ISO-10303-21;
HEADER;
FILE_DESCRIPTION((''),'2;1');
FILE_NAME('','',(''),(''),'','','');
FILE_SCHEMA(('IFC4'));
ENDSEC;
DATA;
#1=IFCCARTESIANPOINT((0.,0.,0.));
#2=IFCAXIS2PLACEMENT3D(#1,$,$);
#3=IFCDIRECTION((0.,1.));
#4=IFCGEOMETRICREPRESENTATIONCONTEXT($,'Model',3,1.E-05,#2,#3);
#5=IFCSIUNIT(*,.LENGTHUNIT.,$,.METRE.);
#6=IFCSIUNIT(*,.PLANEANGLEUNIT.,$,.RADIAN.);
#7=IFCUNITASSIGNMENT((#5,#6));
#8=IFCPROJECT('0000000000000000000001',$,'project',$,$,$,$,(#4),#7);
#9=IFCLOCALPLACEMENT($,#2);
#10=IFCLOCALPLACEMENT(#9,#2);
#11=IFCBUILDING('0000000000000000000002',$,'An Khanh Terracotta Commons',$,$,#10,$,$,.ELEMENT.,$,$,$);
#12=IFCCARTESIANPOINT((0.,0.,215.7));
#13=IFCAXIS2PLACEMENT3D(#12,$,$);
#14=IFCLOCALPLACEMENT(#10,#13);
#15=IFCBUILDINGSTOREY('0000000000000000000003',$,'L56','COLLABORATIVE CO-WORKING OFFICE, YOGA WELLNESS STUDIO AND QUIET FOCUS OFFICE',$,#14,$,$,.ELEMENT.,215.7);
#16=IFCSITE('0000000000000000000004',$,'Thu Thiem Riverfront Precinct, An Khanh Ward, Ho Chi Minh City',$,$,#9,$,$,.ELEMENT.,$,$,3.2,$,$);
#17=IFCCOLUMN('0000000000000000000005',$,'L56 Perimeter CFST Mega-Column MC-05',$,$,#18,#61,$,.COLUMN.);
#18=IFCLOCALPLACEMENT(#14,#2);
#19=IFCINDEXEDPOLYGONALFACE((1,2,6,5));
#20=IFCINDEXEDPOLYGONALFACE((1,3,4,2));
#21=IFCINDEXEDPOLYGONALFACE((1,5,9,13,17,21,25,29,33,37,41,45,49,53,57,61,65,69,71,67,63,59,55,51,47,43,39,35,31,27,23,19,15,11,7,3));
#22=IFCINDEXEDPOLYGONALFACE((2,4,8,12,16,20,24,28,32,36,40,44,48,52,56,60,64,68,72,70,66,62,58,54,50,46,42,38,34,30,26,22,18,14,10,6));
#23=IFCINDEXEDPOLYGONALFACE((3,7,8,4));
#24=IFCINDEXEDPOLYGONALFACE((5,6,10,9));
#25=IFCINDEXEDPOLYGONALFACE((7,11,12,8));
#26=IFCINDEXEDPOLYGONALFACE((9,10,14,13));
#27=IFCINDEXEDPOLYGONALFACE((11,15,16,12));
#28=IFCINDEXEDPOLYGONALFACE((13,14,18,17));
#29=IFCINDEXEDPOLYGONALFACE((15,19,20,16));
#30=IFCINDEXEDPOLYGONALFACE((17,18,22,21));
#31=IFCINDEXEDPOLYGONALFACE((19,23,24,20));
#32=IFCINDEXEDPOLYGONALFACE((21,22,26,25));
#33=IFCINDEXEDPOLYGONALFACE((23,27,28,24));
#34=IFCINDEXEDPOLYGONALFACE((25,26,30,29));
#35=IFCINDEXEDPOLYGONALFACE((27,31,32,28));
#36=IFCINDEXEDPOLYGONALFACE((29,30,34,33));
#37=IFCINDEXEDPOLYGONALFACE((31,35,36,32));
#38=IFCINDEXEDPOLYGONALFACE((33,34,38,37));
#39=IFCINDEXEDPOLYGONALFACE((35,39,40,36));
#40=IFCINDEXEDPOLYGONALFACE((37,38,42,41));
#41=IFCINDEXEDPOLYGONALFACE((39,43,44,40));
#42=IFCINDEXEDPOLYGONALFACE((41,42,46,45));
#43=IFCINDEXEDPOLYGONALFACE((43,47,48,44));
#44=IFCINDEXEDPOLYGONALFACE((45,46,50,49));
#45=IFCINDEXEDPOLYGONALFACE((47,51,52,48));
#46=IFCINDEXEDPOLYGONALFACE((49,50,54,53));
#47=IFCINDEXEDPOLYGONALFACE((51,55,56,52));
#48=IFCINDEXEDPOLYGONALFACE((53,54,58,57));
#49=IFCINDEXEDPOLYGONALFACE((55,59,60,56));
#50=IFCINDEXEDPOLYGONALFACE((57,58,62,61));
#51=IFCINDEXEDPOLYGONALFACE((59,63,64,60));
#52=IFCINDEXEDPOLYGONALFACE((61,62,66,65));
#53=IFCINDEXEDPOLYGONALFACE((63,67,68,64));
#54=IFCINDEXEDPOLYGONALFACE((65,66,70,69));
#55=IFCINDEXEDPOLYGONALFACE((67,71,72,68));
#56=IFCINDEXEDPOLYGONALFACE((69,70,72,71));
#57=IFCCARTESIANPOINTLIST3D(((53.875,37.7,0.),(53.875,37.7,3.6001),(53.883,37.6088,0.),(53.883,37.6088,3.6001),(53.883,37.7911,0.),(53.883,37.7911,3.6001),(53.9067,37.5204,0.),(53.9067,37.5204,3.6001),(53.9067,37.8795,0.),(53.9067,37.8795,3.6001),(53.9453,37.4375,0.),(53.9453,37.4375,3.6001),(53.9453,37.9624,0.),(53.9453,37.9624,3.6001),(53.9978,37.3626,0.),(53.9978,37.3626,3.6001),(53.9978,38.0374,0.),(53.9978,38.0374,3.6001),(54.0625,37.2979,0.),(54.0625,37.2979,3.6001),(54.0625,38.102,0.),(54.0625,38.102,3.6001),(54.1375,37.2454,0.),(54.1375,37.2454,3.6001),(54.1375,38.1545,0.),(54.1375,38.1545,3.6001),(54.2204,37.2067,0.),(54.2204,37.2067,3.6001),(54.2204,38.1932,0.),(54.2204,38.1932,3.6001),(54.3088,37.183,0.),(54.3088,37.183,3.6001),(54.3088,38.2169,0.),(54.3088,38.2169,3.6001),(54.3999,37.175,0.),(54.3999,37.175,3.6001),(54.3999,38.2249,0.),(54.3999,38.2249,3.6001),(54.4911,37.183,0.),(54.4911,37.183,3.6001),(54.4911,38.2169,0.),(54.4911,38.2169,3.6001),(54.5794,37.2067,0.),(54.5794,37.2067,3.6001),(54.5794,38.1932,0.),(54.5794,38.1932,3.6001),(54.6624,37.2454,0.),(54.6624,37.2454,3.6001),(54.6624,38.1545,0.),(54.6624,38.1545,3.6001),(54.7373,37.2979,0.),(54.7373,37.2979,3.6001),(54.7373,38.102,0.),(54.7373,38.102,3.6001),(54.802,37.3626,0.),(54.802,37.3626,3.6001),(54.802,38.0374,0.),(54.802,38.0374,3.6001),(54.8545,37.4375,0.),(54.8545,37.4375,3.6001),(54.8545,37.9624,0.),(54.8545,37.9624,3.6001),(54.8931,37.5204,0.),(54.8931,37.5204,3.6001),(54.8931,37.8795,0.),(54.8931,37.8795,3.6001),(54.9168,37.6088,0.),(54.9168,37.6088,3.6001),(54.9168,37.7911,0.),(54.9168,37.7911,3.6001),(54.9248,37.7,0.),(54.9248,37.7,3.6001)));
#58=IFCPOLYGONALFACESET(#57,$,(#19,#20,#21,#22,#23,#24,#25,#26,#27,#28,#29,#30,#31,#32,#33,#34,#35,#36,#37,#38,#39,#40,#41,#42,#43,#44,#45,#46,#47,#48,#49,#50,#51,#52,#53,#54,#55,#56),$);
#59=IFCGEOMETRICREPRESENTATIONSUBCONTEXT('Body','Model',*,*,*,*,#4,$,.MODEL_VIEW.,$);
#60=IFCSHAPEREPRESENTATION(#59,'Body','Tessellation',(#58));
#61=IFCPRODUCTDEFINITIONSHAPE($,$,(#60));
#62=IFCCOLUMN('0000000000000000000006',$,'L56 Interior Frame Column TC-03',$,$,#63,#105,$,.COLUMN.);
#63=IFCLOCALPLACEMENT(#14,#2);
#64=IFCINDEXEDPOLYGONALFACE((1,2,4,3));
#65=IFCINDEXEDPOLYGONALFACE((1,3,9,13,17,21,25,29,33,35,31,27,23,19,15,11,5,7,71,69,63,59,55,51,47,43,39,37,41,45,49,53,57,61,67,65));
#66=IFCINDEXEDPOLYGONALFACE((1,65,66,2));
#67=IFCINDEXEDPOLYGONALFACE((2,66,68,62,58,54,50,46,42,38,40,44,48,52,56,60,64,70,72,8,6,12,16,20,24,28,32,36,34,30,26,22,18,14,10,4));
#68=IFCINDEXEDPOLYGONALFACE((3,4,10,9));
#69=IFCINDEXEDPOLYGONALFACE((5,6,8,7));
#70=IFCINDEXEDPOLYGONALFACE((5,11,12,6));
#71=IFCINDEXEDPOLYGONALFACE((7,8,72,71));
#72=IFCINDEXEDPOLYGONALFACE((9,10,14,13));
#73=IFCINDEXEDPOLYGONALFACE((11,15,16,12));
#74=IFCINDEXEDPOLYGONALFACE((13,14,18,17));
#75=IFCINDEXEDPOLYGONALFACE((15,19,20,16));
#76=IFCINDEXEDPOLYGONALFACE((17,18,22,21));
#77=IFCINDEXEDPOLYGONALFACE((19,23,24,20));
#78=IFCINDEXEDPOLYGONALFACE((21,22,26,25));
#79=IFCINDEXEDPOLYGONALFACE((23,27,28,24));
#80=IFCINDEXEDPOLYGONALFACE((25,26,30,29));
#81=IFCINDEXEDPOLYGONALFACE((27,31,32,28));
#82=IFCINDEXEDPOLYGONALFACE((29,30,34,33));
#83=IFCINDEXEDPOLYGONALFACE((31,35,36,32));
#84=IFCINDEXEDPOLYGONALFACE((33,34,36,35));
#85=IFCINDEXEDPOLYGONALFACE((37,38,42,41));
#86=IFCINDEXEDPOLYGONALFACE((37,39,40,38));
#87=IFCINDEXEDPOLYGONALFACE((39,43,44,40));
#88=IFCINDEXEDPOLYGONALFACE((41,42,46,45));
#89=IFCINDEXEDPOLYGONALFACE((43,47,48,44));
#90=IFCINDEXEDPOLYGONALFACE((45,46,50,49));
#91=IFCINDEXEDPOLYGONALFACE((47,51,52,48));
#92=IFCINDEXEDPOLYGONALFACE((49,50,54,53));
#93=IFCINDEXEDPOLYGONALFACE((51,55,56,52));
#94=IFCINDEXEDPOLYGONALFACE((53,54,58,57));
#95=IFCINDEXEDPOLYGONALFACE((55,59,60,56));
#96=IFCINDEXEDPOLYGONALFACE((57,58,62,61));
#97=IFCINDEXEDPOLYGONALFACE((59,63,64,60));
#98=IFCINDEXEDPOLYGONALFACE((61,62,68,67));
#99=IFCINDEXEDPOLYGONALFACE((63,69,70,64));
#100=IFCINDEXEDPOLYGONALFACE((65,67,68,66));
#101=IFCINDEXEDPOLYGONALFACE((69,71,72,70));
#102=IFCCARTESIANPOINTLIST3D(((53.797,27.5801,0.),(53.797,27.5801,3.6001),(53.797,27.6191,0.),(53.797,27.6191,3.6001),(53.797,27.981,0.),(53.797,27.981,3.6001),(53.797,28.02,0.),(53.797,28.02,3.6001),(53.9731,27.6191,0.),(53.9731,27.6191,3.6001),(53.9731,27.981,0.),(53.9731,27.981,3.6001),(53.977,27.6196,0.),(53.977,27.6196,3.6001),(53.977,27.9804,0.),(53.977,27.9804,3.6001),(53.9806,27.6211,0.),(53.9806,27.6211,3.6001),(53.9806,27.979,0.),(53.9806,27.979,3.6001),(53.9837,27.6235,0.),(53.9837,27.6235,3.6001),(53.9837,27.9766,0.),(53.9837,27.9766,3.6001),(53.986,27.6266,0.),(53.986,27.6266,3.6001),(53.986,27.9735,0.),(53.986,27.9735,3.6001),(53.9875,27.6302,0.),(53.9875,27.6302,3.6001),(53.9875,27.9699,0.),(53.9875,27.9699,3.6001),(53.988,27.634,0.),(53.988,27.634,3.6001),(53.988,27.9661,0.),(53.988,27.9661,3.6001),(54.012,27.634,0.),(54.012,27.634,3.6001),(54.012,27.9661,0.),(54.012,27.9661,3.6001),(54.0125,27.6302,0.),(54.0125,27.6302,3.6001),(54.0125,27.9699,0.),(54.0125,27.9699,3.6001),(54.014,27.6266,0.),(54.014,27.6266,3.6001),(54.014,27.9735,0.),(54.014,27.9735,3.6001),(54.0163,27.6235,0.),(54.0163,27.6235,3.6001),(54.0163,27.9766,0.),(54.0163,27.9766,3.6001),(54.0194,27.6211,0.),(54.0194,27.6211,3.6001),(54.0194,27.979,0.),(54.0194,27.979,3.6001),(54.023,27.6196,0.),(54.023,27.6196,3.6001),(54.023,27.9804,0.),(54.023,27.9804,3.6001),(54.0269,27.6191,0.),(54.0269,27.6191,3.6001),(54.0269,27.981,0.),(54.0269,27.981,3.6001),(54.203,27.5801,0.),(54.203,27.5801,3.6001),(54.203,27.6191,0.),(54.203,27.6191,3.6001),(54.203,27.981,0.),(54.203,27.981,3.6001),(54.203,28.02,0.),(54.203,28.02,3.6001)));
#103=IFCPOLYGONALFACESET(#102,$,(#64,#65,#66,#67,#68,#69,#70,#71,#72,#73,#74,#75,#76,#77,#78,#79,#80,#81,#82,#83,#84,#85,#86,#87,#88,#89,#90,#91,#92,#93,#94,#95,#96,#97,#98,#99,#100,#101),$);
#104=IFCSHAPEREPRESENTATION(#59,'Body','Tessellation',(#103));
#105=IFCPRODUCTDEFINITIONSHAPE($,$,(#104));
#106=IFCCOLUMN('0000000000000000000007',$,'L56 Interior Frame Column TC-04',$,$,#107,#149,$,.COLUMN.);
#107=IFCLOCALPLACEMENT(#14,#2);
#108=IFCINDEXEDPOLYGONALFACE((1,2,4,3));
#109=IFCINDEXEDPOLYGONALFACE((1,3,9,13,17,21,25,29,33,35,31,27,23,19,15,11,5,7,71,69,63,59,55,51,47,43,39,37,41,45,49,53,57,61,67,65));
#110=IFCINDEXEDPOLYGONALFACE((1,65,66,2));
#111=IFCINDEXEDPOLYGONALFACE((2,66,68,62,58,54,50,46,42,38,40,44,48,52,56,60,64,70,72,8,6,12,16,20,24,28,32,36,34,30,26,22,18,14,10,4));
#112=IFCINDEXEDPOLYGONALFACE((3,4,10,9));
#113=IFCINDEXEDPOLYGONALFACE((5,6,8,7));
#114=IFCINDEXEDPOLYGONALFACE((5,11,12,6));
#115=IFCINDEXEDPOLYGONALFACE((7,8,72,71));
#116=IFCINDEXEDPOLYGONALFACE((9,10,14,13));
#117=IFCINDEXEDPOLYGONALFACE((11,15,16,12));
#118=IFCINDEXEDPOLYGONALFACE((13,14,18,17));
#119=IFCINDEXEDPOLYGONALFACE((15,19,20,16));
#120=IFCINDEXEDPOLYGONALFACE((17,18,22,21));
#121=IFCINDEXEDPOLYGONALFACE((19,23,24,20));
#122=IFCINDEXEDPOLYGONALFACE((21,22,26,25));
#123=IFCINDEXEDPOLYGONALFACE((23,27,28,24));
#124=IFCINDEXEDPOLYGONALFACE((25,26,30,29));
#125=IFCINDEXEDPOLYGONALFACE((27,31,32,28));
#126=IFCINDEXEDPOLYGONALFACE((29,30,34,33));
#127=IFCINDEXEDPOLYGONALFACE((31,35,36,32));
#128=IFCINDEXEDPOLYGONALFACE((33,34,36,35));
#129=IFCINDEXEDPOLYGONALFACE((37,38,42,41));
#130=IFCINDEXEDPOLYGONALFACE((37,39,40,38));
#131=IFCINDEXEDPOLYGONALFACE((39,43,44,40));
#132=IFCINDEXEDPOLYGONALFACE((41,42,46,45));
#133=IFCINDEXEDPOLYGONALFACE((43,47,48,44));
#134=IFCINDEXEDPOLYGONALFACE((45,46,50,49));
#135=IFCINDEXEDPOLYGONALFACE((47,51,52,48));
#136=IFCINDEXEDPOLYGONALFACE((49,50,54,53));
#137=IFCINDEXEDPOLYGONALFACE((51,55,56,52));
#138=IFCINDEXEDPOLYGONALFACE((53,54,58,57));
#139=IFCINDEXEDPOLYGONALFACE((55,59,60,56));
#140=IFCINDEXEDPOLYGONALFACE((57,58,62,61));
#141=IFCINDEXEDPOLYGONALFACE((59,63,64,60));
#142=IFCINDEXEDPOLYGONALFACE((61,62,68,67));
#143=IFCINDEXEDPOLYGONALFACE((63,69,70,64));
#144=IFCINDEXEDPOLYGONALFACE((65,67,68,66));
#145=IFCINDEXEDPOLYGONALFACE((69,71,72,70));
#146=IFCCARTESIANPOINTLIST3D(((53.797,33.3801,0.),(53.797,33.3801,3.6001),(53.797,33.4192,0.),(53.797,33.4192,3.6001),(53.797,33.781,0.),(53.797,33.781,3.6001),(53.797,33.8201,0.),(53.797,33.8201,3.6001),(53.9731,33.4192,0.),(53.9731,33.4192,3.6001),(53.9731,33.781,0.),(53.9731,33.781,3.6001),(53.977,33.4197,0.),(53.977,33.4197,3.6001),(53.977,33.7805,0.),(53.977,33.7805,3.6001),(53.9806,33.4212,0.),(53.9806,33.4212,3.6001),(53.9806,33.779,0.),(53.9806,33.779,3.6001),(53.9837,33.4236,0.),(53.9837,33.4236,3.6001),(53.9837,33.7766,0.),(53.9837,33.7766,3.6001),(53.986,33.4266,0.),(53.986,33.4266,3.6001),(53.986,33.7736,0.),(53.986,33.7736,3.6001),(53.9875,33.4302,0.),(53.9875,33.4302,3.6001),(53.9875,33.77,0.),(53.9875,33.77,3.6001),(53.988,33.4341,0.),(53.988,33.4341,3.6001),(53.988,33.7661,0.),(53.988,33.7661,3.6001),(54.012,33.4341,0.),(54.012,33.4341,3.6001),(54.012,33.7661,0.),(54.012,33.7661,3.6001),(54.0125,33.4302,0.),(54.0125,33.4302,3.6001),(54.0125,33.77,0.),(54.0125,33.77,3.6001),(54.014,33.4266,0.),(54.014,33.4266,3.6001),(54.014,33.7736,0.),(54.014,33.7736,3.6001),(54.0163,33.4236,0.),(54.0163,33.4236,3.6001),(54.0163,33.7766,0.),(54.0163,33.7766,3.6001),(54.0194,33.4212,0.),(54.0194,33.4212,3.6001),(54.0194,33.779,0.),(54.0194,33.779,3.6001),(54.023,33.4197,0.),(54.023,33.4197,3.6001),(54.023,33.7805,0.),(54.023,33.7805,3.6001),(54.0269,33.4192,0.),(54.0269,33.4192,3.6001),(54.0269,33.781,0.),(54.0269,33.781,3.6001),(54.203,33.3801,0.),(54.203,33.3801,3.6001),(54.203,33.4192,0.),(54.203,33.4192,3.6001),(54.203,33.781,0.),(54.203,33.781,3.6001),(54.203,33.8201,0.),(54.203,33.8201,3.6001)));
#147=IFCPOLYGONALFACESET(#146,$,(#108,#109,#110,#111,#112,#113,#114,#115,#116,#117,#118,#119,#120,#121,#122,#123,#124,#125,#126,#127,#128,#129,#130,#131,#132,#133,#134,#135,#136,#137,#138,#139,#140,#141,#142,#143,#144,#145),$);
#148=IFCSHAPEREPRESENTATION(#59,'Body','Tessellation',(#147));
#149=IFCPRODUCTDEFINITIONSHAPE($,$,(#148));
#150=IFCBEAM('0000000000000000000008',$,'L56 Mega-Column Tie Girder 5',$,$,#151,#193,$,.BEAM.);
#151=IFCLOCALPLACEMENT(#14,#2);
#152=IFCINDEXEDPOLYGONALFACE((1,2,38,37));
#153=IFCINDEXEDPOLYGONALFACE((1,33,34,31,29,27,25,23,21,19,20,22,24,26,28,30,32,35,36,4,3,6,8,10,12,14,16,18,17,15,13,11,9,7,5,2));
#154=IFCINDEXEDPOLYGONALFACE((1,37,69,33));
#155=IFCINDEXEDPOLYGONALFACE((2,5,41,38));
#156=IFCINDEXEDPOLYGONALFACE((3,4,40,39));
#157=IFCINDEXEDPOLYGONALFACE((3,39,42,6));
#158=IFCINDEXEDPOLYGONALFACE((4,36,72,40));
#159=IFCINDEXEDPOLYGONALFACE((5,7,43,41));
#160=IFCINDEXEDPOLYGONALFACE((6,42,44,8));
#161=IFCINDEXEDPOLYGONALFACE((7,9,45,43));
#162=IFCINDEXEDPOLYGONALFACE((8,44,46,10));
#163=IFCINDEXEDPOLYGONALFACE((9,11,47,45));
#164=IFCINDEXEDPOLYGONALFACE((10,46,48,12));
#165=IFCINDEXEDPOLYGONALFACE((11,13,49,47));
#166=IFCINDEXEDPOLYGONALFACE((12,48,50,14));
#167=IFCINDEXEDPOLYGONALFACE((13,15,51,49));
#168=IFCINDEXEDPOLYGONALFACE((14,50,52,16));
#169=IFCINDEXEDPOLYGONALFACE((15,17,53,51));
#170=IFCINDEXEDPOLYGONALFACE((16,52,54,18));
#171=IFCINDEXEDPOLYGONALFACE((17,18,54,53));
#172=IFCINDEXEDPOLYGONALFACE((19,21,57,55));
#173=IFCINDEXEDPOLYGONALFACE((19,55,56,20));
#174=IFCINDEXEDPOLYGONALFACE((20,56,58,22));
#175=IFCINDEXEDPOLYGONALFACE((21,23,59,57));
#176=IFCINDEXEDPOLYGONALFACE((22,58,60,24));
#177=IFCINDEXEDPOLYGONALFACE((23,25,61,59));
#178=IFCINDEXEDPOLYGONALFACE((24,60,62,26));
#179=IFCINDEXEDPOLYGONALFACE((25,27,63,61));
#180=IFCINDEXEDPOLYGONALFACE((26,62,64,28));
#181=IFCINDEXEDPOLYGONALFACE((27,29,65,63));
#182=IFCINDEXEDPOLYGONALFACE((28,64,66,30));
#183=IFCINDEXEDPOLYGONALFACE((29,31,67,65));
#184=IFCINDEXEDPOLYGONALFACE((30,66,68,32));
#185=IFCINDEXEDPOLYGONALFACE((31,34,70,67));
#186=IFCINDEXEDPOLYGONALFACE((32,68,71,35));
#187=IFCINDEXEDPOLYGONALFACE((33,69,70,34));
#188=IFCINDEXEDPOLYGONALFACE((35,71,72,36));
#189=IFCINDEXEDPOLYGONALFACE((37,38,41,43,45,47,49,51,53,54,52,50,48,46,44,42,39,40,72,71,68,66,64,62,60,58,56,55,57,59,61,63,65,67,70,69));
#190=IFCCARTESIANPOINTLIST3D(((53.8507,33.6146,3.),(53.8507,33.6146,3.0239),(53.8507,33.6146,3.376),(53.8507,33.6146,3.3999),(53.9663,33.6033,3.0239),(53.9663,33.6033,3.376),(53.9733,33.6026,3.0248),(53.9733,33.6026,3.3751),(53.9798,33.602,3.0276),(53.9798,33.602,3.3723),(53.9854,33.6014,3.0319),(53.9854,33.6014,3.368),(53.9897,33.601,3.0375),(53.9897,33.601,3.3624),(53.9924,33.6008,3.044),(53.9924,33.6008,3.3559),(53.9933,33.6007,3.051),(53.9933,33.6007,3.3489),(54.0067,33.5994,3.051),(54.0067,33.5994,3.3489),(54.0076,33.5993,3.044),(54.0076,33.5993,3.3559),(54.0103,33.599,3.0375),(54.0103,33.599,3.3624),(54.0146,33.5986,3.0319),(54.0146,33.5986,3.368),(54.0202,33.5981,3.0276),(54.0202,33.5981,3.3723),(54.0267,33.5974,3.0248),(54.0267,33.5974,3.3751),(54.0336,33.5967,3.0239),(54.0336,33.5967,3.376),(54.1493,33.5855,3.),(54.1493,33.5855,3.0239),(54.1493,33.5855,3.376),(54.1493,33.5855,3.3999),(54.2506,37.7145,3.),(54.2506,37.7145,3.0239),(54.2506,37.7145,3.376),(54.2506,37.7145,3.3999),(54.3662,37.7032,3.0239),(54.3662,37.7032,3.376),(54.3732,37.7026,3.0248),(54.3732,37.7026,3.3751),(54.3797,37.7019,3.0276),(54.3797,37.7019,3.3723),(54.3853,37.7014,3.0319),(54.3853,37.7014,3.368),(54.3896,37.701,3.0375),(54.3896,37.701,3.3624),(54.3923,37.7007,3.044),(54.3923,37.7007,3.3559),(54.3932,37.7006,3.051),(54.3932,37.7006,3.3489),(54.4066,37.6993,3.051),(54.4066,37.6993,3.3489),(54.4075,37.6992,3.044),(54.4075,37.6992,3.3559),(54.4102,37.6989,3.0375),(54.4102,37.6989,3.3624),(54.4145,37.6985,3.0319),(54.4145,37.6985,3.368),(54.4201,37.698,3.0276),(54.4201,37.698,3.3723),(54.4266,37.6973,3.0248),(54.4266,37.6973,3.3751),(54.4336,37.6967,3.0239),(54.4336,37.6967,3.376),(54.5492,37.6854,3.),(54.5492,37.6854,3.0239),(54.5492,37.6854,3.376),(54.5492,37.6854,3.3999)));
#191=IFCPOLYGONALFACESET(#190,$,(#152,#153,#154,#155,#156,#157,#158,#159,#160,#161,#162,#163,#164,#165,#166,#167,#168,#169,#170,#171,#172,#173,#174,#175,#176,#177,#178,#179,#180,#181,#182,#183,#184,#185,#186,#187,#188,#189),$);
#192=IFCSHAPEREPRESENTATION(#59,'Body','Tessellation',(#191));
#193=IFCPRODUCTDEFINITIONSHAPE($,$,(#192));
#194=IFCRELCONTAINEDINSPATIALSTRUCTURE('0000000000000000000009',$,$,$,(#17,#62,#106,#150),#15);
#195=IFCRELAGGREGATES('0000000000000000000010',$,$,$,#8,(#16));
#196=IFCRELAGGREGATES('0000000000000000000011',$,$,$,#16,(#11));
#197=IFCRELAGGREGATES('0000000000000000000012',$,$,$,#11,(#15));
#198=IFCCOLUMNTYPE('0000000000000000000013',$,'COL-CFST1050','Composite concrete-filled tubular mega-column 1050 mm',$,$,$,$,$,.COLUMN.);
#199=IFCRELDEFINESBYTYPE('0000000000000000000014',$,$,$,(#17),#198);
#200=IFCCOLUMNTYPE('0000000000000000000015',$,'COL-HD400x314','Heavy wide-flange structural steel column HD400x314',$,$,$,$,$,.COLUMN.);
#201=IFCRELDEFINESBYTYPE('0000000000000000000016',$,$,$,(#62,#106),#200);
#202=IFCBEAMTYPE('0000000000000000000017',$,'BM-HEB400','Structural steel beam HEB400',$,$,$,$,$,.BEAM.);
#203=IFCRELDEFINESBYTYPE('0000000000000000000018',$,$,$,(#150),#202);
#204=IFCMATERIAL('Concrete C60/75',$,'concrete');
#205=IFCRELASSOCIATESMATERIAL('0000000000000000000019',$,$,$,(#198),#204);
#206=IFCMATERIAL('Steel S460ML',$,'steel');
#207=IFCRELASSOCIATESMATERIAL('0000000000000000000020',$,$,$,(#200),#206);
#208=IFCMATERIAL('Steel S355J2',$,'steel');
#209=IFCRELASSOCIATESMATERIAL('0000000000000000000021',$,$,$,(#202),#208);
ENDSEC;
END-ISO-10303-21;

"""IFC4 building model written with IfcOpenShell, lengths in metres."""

from ifc_helpers import new_model, si_unit, direction, frame, origin, origin_2d, place, context, subcontext, project, spatial, circle, i_section, extrude, material, material_profile, profile_set, type_object, element, save


model = new_model("IFC4")

# Units and contexts
model_context = context("Model", 3, precision=1e-05, world=origin(), true_north=direction((0.0, 1.0)))
body_context = subcontext(model_context, "Body", "Model", "MODEL_VIEW")
ifc_project = project(units=[si_unit("LENGTHUNIT", "METRE"), si_unit("PLANEANGLEUNIT", "RADIAN")], contexts=[model_context])

# Site, building, storey
site_placement = place(None, origin())
site = spatial("IfcSite", under=ifc_project, at=site_placement, Name="Thu Thiem Riverfront Precinct, An Khanh Ward, Ho Chi Minh City", CompositionType="ELEMENT", RefElevation=3.2)
building_placement = place(site_placement, origin())
building = spatial("IfcBuilding", under=site, at=building_placement, Name="An Khanh Terracotta Commons", CompositionType="ELEMENT")
storey_placement = place(building_placement, frame((0.0, 0.0, 215.7)))
storey = spatial("IfcBuildingStorey", under=building, at=storey_placement, Name="L56", Description="COLLABORATIVE CO-WORKING OFFICE, YOGA WELLNESS STUDIO AND QUIET FOCUS OFFICE", CompositionType="ELEMENT", Elevation=215.7)

# Columns
ifc_material_1 = material(Name="Concrete C60/75", Category="concrete")
ifc_material_profile_1 = material_profile(ifc_material_1, circle(Radius=0.5249, at=origin_2d()), Name="CFST1050")
ifc_profile_set_1 = profile_set([ifc_material_profile_1], Name="Concrete C60/75")
column_type_1 = type_object("IfcColumnType", Name="COL-CFST1050", Description="Composite concrete-filled tubular mega-column 1050 mm", PredefinedType="COLUMN", material=ifc_profile_set_1)
column_placement = place(storey_placement, frame((54.3999, 37.7, 0.0), z_axis=(0.0, 0.0, 1.0), x_axis=(1.0, 0.0, 0.0)))
element("IfcColumn", 1, at=column_placement, inside=storey, type_object=column_type_1, Name="L56 Perimeter CFST Mega-Column MC-05", PredefinedType="COLUMN", context=body_context, shape_type="SweptSolid", body=[
    extrude(circle(Radius=0.5249, at=origin_2d()), origin(), (0.0, 0.0, 1.0), 3.6001),
])
ifc_material_2 = material(Name="Steel S460ML", Category="steel")
ifc_material_profile_2 = material_profile(ifc_material_2, i_section(OverallWidth=0.406, OverallDepth=0.4399, WebThickness=0.0239, FlangeThickness=0.0391, FilletRadius=0.0149, at=origin_2d()), Name="HD400x314")
ifc_profile_set_2 = profile_set([ifc_material_profile_2], Name="Steel S460ML")
column_type_2 = type_object("IfcColumnType", Name="COL-HD400x314", Description="Heavy wide-flange structural steel column HD400x314", PredefinedType="COLUMN", material=ifc_profile_set_2)
for number, where, z_axis, x_axis, name in (
    (2, (54.0, 27.8, 0.0), (0.0, 0.0, 1.0), (1.0, 0.0, 0.0), "L56 Interior Frame Column TC-03"),
    (3, (54.0, 33.6001, 0.0), (0.0, 0.0, 1.0), (1.0, 0.0, 0.0), "L56 Interior Frame Column TC-04"),
):
    element("IfcColumn", number, at=place(storey_placement, frame(where, z_axis=z_axis, x_axis=x_axis)), inside=storey, type_object=column_type_2, Name=name, PredefinedType="COLUMN", context=body_context, shape_type="SweptSolid", body=[
        extrude(i_section(OverallWidth=0.406, OverallDepth=0.4399, WebThickness=0.0239, FlangeThickness=0.0391, FilletRadius=0.0149, at=origin_2d()), origin(), (0.0, 0.0, 1.0), 3.6001),
    ])

# Beam
ifc_material_3 = material(Name="Steel S355J2", Category="steel")
ifc_material_profile_3 = material_profile(ifc_material_3, i_section(OverallWidth=0.3, OverallDepth=0.3999, WebThickness=0.0134, FlangeThickness=0.0239, FilletRadius=0.0271, at=origin_2d()), Name="HEB400")
ifc_profile_set_3 = profile_set([ifc_material_profile_3], Name="Steel S355J2")
beam_type_1 = type_object("IfcBeamType", Name="BM-HEB400", Description="Structural steel beam HEB400", PredefinedType="BEAM", material=ifc_profile_set_3)
beam_1_placement = place(storey_placement, frame((54.3999, 37.7, 3.2), z_axis=(-0.09708, -0.995277, 0.0), x_axis=(0.995277, -0.09708, 0.0)))
element("IfcBeam", 4, at=beam_1_placement, inside=storey, type_object=beam_type_1, Name="L56 Mega-Column Tie Girder 5", PredefinedType="BEAM", context=body_context, shape_type="SweptSolid", body=[
    extrude(i_section(OverallWidth=0.3, OverallDepth=0.3999, WebThickness=0.0134, FlangeThickness=0.0239, FilletRadius=0.0271, at=origin_2d()), origin(), (0.0, 0.0, 1.0), 4.1194),
])

save(model, "model.ifc")
